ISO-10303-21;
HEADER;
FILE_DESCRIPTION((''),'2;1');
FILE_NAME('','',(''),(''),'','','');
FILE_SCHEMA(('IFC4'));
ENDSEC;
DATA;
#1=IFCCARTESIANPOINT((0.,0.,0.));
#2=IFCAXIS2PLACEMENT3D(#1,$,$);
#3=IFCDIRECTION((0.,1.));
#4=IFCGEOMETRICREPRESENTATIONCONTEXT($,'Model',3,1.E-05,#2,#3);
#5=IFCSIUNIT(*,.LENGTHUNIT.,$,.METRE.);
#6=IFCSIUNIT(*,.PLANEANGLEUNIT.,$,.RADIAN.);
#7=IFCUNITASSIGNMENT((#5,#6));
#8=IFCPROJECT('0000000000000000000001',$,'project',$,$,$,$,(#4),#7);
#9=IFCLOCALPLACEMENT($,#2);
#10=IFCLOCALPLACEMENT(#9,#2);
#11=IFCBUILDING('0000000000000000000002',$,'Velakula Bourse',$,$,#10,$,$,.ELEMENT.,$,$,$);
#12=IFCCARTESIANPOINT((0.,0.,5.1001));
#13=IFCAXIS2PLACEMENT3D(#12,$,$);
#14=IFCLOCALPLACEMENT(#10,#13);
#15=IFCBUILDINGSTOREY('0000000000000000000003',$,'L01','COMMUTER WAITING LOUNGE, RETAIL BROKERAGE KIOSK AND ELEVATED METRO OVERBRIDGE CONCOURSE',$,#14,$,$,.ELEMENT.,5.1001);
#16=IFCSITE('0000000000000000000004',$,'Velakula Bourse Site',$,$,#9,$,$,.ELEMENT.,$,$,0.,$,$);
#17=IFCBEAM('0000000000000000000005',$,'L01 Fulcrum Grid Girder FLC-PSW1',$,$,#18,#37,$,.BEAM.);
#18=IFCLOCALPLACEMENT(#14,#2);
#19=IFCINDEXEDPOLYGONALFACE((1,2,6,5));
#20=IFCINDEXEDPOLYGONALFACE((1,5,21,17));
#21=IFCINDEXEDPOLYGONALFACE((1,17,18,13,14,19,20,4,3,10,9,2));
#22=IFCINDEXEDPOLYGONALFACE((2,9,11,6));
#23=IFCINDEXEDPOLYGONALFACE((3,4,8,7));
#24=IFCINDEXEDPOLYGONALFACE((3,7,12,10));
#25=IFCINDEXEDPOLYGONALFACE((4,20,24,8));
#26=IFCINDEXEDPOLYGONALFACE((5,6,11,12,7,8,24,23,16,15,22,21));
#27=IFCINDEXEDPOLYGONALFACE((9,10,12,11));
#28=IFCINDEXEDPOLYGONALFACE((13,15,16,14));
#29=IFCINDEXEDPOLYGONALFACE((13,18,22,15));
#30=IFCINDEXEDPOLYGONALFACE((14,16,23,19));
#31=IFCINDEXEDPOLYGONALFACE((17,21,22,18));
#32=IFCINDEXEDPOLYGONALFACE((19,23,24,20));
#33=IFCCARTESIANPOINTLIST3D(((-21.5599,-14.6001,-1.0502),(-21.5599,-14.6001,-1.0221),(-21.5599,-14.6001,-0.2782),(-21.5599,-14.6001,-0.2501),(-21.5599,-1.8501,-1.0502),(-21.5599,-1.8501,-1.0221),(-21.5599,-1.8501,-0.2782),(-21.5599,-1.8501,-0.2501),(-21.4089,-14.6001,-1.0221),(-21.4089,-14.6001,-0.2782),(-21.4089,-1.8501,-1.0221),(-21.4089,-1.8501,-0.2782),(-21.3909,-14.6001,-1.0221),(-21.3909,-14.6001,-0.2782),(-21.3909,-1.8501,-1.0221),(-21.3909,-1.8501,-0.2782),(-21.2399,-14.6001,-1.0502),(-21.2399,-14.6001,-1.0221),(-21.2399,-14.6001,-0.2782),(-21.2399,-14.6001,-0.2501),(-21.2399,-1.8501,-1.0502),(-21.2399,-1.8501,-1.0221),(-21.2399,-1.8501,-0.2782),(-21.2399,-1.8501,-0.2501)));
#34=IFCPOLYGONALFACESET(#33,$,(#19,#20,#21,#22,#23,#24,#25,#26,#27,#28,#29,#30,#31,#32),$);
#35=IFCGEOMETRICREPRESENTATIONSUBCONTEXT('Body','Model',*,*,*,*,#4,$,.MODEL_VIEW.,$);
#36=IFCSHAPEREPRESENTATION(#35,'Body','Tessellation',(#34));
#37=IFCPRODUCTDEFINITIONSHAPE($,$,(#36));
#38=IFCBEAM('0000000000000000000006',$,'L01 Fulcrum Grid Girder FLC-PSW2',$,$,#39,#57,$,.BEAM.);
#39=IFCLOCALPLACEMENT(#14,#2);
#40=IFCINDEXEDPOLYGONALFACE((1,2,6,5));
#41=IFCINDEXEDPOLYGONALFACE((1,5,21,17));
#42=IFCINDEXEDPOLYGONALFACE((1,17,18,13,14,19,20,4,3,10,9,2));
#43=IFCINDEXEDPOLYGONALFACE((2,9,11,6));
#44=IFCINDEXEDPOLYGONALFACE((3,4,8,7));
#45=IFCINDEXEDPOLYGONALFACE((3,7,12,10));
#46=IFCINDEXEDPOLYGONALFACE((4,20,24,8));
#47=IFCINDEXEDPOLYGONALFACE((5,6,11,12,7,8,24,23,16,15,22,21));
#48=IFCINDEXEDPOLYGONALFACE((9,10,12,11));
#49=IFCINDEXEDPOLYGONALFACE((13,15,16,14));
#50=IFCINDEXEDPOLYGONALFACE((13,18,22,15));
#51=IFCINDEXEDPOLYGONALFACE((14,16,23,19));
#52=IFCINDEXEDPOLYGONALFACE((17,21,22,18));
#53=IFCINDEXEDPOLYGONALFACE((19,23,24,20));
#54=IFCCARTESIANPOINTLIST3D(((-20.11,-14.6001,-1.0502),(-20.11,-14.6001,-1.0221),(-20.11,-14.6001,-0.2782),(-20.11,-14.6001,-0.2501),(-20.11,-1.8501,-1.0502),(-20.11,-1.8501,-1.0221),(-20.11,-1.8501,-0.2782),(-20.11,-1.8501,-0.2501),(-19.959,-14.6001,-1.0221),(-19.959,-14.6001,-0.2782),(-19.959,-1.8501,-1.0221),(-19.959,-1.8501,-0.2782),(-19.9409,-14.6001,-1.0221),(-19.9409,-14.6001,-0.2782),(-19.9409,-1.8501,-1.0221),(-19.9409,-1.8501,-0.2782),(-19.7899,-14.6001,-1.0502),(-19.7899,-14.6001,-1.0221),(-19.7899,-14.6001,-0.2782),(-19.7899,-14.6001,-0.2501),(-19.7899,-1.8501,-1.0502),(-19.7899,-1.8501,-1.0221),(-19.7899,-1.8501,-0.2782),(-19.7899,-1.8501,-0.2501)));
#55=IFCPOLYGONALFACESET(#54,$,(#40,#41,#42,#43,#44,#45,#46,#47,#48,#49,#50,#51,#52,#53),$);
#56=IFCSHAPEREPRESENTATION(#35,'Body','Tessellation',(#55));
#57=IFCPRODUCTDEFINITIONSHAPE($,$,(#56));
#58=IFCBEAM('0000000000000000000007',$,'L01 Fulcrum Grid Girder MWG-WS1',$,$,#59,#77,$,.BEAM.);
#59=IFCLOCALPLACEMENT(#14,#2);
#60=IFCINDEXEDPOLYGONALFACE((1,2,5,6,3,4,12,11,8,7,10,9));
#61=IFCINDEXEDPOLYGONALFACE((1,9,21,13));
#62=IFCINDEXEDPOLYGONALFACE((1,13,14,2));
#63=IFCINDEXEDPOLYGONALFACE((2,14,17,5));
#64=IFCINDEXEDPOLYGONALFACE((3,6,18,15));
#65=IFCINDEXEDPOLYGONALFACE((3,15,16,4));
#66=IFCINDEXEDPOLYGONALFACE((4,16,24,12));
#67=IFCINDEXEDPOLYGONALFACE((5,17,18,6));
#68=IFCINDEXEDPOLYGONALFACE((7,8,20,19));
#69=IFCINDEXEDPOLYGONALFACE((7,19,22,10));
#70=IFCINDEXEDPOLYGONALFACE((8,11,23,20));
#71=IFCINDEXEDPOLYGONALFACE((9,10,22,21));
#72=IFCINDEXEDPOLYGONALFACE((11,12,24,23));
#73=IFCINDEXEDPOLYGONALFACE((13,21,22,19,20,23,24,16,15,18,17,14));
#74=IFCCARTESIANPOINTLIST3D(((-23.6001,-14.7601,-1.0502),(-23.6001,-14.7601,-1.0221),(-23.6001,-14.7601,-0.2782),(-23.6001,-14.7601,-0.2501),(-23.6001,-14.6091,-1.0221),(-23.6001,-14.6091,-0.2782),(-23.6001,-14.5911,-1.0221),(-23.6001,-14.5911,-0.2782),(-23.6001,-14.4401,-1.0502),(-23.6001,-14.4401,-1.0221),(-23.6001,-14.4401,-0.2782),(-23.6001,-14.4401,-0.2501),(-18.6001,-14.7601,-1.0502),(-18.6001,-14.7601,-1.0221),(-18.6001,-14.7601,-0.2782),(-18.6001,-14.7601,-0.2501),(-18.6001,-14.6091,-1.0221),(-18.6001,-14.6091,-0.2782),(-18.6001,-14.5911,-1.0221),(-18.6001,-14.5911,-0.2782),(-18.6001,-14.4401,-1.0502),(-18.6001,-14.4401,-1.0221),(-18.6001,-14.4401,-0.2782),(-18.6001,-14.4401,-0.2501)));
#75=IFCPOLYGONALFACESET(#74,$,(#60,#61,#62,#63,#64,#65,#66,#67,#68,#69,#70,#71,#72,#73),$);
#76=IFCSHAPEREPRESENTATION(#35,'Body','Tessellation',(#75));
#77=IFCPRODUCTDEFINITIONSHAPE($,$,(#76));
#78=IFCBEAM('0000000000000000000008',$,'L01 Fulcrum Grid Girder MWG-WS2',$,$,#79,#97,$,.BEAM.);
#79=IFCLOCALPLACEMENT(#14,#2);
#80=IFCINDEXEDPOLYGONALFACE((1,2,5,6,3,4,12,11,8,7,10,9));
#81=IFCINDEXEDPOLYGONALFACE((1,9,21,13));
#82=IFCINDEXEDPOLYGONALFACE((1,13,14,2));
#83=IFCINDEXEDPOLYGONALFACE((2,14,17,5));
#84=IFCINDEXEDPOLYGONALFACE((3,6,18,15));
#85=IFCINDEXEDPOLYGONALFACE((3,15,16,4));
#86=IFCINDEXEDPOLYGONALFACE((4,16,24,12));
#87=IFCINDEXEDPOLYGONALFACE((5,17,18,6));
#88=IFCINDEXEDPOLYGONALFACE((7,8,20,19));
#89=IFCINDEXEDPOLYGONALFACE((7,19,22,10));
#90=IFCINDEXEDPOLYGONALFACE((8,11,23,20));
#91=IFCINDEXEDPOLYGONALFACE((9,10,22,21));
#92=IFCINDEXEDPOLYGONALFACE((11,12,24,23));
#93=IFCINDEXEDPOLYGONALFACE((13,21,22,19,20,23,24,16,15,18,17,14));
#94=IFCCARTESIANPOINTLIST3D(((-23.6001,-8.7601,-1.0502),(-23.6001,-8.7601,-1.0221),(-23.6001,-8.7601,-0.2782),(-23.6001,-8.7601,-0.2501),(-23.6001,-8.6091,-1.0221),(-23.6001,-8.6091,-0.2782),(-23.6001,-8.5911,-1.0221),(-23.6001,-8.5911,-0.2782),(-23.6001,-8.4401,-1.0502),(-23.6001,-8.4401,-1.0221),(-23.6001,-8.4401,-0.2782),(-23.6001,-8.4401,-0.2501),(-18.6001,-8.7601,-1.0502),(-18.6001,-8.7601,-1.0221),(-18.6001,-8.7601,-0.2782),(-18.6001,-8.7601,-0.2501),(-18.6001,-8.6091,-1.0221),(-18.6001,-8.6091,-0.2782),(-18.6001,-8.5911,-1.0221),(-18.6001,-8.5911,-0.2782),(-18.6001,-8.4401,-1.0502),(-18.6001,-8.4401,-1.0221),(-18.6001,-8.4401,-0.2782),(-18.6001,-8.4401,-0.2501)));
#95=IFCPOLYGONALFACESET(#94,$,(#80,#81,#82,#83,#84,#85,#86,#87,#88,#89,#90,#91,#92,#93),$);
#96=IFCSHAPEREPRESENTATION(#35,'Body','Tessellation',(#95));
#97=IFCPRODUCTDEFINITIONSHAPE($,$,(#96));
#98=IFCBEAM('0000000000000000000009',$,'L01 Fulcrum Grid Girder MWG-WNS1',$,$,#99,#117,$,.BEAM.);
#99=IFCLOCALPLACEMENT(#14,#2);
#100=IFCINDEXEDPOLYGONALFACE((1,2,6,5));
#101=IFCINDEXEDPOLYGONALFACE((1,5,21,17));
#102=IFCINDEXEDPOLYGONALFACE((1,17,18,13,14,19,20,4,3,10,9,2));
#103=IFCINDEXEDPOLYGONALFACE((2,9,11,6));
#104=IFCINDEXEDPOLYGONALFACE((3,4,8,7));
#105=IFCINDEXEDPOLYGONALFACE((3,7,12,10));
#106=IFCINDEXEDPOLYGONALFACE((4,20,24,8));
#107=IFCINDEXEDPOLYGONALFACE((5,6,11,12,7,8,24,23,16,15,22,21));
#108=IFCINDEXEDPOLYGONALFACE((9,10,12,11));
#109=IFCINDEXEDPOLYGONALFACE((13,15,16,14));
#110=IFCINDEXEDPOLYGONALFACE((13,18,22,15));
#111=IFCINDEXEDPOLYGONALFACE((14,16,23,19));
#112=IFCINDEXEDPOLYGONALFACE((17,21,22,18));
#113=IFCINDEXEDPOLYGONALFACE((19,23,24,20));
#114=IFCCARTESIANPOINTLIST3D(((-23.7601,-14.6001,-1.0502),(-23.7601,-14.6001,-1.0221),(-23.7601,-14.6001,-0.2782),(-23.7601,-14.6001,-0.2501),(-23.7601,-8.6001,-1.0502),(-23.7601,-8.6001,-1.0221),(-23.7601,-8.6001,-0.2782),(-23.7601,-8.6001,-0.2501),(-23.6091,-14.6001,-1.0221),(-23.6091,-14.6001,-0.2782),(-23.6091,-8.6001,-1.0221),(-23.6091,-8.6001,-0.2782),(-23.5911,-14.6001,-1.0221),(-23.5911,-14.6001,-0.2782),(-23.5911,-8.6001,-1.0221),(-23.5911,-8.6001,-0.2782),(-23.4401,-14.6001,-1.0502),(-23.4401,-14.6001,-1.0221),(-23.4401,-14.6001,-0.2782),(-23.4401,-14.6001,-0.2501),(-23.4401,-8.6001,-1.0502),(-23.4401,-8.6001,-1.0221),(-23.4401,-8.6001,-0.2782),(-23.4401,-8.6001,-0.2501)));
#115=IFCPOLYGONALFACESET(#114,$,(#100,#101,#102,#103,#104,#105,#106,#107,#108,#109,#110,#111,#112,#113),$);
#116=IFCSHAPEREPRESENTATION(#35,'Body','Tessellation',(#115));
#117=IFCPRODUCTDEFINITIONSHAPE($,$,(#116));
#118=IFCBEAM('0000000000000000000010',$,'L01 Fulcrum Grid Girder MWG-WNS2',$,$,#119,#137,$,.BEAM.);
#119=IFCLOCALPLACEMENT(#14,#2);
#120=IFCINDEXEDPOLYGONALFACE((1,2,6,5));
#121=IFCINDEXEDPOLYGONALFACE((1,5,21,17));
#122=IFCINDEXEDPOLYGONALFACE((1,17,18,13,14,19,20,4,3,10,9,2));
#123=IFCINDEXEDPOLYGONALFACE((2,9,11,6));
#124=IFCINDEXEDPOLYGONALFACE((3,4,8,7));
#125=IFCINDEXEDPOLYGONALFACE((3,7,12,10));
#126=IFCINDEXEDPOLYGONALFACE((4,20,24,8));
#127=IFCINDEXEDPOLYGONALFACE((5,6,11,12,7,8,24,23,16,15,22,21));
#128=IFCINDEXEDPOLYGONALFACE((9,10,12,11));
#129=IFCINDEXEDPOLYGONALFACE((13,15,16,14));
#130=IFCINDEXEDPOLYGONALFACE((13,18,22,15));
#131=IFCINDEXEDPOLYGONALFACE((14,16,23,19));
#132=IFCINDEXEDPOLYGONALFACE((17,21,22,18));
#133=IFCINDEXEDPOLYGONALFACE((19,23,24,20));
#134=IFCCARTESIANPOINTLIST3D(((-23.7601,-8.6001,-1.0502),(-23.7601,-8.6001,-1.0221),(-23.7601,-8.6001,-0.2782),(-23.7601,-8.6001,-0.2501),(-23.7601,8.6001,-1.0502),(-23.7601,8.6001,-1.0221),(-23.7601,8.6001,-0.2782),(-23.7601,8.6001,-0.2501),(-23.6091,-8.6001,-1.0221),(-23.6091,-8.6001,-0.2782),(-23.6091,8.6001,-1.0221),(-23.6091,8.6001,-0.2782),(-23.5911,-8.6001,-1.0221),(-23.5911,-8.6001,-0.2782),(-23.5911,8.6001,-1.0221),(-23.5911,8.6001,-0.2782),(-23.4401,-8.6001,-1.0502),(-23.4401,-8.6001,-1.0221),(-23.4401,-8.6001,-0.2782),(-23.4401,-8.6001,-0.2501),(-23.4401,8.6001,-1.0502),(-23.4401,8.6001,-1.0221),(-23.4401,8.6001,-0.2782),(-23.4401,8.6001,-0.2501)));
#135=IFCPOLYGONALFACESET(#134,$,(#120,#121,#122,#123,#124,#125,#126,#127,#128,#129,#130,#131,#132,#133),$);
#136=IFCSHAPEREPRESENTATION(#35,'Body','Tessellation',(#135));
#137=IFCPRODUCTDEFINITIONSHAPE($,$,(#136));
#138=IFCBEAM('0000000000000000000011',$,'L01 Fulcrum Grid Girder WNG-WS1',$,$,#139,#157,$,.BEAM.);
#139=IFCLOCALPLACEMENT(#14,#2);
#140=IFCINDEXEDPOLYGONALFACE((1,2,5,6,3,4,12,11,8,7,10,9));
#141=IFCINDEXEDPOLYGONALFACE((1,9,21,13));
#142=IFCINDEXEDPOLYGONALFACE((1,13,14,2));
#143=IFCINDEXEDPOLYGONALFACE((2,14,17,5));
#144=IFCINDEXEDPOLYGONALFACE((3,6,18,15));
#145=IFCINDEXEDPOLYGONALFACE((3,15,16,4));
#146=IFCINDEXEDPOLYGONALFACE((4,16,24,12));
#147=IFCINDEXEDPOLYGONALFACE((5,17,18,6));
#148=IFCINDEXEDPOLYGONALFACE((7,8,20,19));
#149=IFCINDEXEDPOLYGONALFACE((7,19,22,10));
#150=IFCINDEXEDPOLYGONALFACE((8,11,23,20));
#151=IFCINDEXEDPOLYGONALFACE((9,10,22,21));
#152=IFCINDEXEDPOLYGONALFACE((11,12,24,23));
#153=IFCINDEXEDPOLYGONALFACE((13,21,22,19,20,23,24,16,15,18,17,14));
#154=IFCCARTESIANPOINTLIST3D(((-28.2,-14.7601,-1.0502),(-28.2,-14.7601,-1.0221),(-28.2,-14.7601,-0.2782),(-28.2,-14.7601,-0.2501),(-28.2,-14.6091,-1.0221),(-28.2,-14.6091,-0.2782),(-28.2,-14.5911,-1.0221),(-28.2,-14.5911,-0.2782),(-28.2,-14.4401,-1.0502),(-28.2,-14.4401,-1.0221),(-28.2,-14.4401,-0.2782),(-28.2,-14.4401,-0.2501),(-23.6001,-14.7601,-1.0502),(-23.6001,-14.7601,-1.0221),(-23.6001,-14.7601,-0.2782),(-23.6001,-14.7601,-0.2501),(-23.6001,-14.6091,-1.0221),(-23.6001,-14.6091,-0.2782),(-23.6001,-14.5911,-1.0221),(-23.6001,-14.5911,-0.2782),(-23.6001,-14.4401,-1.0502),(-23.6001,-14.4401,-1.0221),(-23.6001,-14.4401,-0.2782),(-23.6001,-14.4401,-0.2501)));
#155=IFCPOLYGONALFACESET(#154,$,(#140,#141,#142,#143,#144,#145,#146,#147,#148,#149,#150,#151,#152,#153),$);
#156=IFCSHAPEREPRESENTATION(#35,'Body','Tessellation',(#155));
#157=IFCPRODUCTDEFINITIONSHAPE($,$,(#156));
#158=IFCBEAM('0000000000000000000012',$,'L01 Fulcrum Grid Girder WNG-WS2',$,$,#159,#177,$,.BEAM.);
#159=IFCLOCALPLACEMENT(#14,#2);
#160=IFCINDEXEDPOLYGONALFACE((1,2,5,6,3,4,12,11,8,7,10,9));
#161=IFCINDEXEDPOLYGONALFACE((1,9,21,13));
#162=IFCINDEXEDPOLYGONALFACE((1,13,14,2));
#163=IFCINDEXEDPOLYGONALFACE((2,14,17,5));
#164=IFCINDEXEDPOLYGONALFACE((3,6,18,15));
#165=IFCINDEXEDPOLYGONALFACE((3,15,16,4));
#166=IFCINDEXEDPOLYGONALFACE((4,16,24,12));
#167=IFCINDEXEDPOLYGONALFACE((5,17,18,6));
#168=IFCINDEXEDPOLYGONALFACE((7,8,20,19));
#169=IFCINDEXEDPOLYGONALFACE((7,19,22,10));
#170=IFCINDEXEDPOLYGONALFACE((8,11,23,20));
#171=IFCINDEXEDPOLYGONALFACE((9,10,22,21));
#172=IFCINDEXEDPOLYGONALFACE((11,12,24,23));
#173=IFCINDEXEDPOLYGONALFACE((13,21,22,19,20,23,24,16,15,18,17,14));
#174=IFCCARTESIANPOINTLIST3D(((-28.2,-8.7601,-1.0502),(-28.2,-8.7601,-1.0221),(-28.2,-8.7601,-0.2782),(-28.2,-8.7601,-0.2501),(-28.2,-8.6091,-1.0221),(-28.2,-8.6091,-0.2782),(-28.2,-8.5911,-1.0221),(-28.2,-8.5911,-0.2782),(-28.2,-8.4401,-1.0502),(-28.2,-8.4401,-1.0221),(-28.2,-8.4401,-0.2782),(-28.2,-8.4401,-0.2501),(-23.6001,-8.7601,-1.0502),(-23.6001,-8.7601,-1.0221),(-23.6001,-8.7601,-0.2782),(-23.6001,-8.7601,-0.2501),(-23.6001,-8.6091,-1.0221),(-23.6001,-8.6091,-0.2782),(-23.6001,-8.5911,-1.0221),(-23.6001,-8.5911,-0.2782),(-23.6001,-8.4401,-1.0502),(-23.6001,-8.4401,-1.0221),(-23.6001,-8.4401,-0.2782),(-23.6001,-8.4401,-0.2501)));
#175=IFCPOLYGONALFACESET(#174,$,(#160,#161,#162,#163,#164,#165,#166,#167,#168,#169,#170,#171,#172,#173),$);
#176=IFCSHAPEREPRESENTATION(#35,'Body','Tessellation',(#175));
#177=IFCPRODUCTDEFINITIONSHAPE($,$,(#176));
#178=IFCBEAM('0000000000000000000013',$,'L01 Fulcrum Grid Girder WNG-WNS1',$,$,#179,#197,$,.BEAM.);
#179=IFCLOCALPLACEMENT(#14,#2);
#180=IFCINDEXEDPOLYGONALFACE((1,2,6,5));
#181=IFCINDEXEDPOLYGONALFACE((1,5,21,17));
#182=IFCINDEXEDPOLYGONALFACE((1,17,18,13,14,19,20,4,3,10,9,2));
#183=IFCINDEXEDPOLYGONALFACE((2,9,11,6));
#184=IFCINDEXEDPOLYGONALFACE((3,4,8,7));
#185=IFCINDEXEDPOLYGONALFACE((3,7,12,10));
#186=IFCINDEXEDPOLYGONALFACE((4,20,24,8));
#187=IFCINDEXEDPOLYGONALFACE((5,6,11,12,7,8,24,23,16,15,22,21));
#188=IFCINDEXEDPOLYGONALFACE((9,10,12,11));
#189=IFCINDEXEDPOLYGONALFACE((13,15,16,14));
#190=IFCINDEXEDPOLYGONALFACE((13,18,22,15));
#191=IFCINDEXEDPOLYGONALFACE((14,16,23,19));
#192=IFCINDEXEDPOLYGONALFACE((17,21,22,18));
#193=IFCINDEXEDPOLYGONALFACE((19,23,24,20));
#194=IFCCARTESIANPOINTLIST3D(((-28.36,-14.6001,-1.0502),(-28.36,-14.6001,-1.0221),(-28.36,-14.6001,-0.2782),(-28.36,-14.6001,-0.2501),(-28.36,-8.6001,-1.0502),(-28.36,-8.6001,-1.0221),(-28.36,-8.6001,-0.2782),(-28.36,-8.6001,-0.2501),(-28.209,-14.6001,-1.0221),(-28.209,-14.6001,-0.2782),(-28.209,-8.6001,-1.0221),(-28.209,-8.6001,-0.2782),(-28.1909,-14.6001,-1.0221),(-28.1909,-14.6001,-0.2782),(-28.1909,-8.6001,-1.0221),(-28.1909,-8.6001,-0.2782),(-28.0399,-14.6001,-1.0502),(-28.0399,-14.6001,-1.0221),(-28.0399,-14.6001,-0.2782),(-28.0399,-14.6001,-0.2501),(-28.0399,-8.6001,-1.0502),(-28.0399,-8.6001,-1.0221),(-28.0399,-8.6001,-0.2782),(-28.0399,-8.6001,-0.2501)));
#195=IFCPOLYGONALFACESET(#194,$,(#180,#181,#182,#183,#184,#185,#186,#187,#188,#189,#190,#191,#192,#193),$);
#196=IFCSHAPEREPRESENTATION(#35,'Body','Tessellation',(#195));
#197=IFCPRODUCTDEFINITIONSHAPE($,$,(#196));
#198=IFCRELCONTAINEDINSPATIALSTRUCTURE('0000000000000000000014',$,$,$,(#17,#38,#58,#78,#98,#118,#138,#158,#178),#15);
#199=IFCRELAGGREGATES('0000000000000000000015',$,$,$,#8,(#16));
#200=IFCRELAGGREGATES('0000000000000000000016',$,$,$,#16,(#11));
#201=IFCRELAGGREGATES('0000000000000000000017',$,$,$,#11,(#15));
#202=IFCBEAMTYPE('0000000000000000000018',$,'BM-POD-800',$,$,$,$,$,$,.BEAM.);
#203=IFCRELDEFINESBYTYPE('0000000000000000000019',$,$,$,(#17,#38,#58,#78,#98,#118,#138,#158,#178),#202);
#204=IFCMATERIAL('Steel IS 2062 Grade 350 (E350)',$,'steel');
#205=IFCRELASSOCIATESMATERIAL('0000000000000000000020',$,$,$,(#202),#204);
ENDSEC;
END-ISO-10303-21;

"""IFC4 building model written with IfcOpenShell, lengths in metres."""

from ifc_helpers import new_model, si_unit, direction, frame, origin, origin_2d, place, context, subcontext, project, spatial, i_section, extrude, material, material_profile, profile_set, type_object, element, save


model = new_model("IFC4")

# Units and contexts
model_context = context("Model", 3, precision=1e-05, world=origin(), true_north=direction((0.0, 1.0)))
body_context = subcontext(model_context, "Body", "Model", "MODEL_VIEW")
ifc_project = project(units=[si_unit("LENGTHUNIT", "METRE"), si_unit("PLANEANGLEUNIT", "RADIAN")], contexts=[model_context])

# Site, building, storey
site_placement = place(None, origin())
site = spatial("IfcSite", under=ifc_project, at=site_placement, Name="Velakula Bourse Site", CompositionType="ELEMENT", RefElevation=0.0)
building_placement = place(site_placement, origin())
building = spatial("IfcBuilding", under=site, at=building_placement, Name="Velakula Bourse", CompositionType="ELEMENT")
storey_placement = place(building_placement, frame((0.0, 0.0, 5.1001)))
storey = spatial("IfcBuildingStorey", under=building, at=storey_placement, Name="L01", Description="COMMUTER WAITING LOUNGE, RETAIL BROKERAGE KIOSK AND ELEVATED METRO OVERBRIDGE CONCOURSE", CompositionType="ELEMENT", Elevation=5.1001)

# Beams
ifc_material_1 = material(Name="Steel IS 2062 Grade 350 (E350)", Category="steel")
ifc_material_profile_1 = material_profile(ifc_material_1, i_section(OverallWidth=0.3201, OverallDepth=0.8, WebThickness=0.0181, FlangeThickness=0.0281, at=origin_2d()), Name="Steel IS 2062 Grade 350 (E350)")
ifc_profile_set_1 = profile_set([ifc_material_profile_1], Name="Steel IS 2062 Grade 350 (E350)")
beam_type = type_object("IfcBeamType", Name="BM-POD-800", PredefinedType="BEAM", material=ifc_profile_set_1)
for number, where, z_axis, x_axis, name in (
    (1, (-21.3999, -14.6001, -0.6501), (0.0, 1.0, 0.0), (-1.0, 0.0, 0.0), "L01 Fulcrum Grid Girder FLC-PSW1"),
    (2, (-19.95, -14.6001, -0.6501), (0.0, 1.0, 0.0), (-1.0, 0.0, 0.0), "L01 Fulcrum Grid Girder FLC-PSW2"),
):
    element("IfcBeam", number, at=place(storey_placement, frame(where, z_axis=z_axis, x_axis=x_axis)), inside=storey, type_object=beam_type, Name=name, PredefinedType="BEAM", context=body_context, shape_type="SweptSolid", body=[
        extrude(i_section(OverallWidth=0.3201, OverallDepth=0.8, WebThickness=0.0181, FlangeThickness=0.0281, at=origin_2d()), origin(), (0.0, 0.0, 1.0), 12.75),
    ])
for number, where, z_axis, x_axis, name in (
    (3, (-23.6001, -14.6001, -0.6501), (1.0, 0.0, 0.0), (0.0, 1.0, 0.0), "L01 Fulcrum Grid Girder MWG-WS1"),
    (4, (-23.6001, -8.6001, -0.6501), (1.0, 0.0, 0.0), (0.0, 1.0, 0.0), "L01 Fulcrum Grid Girder MWG-WS2"),
):
    element("IfcBeam", number, at=place(storey_placement, frame(where, z_axis=z_axis, x_axis=x_axis)), inside=storey, type_object=beam_type, Name=name, PredefinedType="BEAM", context=body_context, shape_type="SweptSolid", body=[
        extrude(i_section(OverallWidth=0.3201, OverallDepth=0.8, WebThickness=0.0181, FlangeThickness=0.0281, at=origin_2d()), origin(), (0.0, 0.0, 1.0), 5.0),
    ])
beam_1_placement = place(storey_placement, frame((-23.6001, -14.6001, -0.6501), z_axis=(0.0, 1.0, 0.0), x_axis=(-1.0, 0.0, 0.0)))
element("IfcBeam", 5, at=beam_1_placement, inside=storey, type_object=beam_type, Name="L01 Fulcrum Grid Girder MWG-WNS1", PredefinedType="BEAM", context=body_context, shape_type="SweptSolid", body=[
    extrude(i_section(OverallWidth=0.3201, OverallDepth=0.8, WebThickness=0.0181, FlangeThickness=0.0281, at=origin_2d()), origin(), (0.0, 0.0, 1.0), 6.0),
])
beam_2_placement = place(storey_placement, frame((-23.6001, -8.6001, -0.6501), z_axis=(0.0, 1.0, 0.0), x_axis=(-1.0, 0.0, 0.0)))
element("IfcBeam", 6, at=beam_2_placement, inside=storey, type_object=beam_type, Name="L01 Fulcrum Grid Girder MWG-WNS2", PredefinedType="BEAM", context=body_context, shape_type="SweptSolid", body=[
    extrude(i_section(OverallWidth=0.3201, OverallDepth=0.8, WebThickness=0.0181, FlangeThickness=0.0281, at=origin_2d()), origin(), (0.0, 0.0, 1.0), 17.2002),
])
for number, where, z_axis, x_axis, name in (
    (7, (-28.2, -14.6001, -0.6501), (1.0, 0.0, 0.0), (0.0, 1.0, 0.0), "L01 Fulcrum Grid Girder WNG-WS1"),
    (8, (-28.2, -8.6001, -0.6501), (1.0, 0.0, 0.0), (0.0, 1.0, 0.0), "L01 Fulcrum Grid Girder WNG-WS2"),
):
    element("IfcBeam", number, at=place(storey_placement, frame(where, z_axis=z_axis, x_axis=x_axis)), inside=storey, type_object=beam_type, Name=name, PredefinedType="BEAM", context=body_context, shape_type="SweptSolid", body=[
        extrude(i_section(OverallWidth=0.3201, OverallDepth=0.8, WebThickness=0.0181, FlangeThickness=0.0281, at=origin_2d()), origin(), (0.0, 0.0, 1.0), 4.5999),
    ])
beam_3_placement = place(storey_placement, frame((-28.2, -14.6001, -0.6501), z_axis=(0.0, 1.0, 0.0), x_axis=(-1.0, 0.0, 0.0)))
element("IfcBeam", 9, at=beam_3_placement, inside=storey, type_object=beam_type, Name="L01 Fulcrum Grid Girder WNG-WNS1", PredefinedType="BEAM", context=body_context, shape_type="SweptSolid", body=[
    extrude(i_section(OverallWidth=0.3201, OverallDepth=0.8, WebThickness=0.0181, FlangeThickness=0.0281, at=origin_2d()), origin(), (0.0, 0.0, 1.0), 6.0),
])

save(model, "model.ifc")
